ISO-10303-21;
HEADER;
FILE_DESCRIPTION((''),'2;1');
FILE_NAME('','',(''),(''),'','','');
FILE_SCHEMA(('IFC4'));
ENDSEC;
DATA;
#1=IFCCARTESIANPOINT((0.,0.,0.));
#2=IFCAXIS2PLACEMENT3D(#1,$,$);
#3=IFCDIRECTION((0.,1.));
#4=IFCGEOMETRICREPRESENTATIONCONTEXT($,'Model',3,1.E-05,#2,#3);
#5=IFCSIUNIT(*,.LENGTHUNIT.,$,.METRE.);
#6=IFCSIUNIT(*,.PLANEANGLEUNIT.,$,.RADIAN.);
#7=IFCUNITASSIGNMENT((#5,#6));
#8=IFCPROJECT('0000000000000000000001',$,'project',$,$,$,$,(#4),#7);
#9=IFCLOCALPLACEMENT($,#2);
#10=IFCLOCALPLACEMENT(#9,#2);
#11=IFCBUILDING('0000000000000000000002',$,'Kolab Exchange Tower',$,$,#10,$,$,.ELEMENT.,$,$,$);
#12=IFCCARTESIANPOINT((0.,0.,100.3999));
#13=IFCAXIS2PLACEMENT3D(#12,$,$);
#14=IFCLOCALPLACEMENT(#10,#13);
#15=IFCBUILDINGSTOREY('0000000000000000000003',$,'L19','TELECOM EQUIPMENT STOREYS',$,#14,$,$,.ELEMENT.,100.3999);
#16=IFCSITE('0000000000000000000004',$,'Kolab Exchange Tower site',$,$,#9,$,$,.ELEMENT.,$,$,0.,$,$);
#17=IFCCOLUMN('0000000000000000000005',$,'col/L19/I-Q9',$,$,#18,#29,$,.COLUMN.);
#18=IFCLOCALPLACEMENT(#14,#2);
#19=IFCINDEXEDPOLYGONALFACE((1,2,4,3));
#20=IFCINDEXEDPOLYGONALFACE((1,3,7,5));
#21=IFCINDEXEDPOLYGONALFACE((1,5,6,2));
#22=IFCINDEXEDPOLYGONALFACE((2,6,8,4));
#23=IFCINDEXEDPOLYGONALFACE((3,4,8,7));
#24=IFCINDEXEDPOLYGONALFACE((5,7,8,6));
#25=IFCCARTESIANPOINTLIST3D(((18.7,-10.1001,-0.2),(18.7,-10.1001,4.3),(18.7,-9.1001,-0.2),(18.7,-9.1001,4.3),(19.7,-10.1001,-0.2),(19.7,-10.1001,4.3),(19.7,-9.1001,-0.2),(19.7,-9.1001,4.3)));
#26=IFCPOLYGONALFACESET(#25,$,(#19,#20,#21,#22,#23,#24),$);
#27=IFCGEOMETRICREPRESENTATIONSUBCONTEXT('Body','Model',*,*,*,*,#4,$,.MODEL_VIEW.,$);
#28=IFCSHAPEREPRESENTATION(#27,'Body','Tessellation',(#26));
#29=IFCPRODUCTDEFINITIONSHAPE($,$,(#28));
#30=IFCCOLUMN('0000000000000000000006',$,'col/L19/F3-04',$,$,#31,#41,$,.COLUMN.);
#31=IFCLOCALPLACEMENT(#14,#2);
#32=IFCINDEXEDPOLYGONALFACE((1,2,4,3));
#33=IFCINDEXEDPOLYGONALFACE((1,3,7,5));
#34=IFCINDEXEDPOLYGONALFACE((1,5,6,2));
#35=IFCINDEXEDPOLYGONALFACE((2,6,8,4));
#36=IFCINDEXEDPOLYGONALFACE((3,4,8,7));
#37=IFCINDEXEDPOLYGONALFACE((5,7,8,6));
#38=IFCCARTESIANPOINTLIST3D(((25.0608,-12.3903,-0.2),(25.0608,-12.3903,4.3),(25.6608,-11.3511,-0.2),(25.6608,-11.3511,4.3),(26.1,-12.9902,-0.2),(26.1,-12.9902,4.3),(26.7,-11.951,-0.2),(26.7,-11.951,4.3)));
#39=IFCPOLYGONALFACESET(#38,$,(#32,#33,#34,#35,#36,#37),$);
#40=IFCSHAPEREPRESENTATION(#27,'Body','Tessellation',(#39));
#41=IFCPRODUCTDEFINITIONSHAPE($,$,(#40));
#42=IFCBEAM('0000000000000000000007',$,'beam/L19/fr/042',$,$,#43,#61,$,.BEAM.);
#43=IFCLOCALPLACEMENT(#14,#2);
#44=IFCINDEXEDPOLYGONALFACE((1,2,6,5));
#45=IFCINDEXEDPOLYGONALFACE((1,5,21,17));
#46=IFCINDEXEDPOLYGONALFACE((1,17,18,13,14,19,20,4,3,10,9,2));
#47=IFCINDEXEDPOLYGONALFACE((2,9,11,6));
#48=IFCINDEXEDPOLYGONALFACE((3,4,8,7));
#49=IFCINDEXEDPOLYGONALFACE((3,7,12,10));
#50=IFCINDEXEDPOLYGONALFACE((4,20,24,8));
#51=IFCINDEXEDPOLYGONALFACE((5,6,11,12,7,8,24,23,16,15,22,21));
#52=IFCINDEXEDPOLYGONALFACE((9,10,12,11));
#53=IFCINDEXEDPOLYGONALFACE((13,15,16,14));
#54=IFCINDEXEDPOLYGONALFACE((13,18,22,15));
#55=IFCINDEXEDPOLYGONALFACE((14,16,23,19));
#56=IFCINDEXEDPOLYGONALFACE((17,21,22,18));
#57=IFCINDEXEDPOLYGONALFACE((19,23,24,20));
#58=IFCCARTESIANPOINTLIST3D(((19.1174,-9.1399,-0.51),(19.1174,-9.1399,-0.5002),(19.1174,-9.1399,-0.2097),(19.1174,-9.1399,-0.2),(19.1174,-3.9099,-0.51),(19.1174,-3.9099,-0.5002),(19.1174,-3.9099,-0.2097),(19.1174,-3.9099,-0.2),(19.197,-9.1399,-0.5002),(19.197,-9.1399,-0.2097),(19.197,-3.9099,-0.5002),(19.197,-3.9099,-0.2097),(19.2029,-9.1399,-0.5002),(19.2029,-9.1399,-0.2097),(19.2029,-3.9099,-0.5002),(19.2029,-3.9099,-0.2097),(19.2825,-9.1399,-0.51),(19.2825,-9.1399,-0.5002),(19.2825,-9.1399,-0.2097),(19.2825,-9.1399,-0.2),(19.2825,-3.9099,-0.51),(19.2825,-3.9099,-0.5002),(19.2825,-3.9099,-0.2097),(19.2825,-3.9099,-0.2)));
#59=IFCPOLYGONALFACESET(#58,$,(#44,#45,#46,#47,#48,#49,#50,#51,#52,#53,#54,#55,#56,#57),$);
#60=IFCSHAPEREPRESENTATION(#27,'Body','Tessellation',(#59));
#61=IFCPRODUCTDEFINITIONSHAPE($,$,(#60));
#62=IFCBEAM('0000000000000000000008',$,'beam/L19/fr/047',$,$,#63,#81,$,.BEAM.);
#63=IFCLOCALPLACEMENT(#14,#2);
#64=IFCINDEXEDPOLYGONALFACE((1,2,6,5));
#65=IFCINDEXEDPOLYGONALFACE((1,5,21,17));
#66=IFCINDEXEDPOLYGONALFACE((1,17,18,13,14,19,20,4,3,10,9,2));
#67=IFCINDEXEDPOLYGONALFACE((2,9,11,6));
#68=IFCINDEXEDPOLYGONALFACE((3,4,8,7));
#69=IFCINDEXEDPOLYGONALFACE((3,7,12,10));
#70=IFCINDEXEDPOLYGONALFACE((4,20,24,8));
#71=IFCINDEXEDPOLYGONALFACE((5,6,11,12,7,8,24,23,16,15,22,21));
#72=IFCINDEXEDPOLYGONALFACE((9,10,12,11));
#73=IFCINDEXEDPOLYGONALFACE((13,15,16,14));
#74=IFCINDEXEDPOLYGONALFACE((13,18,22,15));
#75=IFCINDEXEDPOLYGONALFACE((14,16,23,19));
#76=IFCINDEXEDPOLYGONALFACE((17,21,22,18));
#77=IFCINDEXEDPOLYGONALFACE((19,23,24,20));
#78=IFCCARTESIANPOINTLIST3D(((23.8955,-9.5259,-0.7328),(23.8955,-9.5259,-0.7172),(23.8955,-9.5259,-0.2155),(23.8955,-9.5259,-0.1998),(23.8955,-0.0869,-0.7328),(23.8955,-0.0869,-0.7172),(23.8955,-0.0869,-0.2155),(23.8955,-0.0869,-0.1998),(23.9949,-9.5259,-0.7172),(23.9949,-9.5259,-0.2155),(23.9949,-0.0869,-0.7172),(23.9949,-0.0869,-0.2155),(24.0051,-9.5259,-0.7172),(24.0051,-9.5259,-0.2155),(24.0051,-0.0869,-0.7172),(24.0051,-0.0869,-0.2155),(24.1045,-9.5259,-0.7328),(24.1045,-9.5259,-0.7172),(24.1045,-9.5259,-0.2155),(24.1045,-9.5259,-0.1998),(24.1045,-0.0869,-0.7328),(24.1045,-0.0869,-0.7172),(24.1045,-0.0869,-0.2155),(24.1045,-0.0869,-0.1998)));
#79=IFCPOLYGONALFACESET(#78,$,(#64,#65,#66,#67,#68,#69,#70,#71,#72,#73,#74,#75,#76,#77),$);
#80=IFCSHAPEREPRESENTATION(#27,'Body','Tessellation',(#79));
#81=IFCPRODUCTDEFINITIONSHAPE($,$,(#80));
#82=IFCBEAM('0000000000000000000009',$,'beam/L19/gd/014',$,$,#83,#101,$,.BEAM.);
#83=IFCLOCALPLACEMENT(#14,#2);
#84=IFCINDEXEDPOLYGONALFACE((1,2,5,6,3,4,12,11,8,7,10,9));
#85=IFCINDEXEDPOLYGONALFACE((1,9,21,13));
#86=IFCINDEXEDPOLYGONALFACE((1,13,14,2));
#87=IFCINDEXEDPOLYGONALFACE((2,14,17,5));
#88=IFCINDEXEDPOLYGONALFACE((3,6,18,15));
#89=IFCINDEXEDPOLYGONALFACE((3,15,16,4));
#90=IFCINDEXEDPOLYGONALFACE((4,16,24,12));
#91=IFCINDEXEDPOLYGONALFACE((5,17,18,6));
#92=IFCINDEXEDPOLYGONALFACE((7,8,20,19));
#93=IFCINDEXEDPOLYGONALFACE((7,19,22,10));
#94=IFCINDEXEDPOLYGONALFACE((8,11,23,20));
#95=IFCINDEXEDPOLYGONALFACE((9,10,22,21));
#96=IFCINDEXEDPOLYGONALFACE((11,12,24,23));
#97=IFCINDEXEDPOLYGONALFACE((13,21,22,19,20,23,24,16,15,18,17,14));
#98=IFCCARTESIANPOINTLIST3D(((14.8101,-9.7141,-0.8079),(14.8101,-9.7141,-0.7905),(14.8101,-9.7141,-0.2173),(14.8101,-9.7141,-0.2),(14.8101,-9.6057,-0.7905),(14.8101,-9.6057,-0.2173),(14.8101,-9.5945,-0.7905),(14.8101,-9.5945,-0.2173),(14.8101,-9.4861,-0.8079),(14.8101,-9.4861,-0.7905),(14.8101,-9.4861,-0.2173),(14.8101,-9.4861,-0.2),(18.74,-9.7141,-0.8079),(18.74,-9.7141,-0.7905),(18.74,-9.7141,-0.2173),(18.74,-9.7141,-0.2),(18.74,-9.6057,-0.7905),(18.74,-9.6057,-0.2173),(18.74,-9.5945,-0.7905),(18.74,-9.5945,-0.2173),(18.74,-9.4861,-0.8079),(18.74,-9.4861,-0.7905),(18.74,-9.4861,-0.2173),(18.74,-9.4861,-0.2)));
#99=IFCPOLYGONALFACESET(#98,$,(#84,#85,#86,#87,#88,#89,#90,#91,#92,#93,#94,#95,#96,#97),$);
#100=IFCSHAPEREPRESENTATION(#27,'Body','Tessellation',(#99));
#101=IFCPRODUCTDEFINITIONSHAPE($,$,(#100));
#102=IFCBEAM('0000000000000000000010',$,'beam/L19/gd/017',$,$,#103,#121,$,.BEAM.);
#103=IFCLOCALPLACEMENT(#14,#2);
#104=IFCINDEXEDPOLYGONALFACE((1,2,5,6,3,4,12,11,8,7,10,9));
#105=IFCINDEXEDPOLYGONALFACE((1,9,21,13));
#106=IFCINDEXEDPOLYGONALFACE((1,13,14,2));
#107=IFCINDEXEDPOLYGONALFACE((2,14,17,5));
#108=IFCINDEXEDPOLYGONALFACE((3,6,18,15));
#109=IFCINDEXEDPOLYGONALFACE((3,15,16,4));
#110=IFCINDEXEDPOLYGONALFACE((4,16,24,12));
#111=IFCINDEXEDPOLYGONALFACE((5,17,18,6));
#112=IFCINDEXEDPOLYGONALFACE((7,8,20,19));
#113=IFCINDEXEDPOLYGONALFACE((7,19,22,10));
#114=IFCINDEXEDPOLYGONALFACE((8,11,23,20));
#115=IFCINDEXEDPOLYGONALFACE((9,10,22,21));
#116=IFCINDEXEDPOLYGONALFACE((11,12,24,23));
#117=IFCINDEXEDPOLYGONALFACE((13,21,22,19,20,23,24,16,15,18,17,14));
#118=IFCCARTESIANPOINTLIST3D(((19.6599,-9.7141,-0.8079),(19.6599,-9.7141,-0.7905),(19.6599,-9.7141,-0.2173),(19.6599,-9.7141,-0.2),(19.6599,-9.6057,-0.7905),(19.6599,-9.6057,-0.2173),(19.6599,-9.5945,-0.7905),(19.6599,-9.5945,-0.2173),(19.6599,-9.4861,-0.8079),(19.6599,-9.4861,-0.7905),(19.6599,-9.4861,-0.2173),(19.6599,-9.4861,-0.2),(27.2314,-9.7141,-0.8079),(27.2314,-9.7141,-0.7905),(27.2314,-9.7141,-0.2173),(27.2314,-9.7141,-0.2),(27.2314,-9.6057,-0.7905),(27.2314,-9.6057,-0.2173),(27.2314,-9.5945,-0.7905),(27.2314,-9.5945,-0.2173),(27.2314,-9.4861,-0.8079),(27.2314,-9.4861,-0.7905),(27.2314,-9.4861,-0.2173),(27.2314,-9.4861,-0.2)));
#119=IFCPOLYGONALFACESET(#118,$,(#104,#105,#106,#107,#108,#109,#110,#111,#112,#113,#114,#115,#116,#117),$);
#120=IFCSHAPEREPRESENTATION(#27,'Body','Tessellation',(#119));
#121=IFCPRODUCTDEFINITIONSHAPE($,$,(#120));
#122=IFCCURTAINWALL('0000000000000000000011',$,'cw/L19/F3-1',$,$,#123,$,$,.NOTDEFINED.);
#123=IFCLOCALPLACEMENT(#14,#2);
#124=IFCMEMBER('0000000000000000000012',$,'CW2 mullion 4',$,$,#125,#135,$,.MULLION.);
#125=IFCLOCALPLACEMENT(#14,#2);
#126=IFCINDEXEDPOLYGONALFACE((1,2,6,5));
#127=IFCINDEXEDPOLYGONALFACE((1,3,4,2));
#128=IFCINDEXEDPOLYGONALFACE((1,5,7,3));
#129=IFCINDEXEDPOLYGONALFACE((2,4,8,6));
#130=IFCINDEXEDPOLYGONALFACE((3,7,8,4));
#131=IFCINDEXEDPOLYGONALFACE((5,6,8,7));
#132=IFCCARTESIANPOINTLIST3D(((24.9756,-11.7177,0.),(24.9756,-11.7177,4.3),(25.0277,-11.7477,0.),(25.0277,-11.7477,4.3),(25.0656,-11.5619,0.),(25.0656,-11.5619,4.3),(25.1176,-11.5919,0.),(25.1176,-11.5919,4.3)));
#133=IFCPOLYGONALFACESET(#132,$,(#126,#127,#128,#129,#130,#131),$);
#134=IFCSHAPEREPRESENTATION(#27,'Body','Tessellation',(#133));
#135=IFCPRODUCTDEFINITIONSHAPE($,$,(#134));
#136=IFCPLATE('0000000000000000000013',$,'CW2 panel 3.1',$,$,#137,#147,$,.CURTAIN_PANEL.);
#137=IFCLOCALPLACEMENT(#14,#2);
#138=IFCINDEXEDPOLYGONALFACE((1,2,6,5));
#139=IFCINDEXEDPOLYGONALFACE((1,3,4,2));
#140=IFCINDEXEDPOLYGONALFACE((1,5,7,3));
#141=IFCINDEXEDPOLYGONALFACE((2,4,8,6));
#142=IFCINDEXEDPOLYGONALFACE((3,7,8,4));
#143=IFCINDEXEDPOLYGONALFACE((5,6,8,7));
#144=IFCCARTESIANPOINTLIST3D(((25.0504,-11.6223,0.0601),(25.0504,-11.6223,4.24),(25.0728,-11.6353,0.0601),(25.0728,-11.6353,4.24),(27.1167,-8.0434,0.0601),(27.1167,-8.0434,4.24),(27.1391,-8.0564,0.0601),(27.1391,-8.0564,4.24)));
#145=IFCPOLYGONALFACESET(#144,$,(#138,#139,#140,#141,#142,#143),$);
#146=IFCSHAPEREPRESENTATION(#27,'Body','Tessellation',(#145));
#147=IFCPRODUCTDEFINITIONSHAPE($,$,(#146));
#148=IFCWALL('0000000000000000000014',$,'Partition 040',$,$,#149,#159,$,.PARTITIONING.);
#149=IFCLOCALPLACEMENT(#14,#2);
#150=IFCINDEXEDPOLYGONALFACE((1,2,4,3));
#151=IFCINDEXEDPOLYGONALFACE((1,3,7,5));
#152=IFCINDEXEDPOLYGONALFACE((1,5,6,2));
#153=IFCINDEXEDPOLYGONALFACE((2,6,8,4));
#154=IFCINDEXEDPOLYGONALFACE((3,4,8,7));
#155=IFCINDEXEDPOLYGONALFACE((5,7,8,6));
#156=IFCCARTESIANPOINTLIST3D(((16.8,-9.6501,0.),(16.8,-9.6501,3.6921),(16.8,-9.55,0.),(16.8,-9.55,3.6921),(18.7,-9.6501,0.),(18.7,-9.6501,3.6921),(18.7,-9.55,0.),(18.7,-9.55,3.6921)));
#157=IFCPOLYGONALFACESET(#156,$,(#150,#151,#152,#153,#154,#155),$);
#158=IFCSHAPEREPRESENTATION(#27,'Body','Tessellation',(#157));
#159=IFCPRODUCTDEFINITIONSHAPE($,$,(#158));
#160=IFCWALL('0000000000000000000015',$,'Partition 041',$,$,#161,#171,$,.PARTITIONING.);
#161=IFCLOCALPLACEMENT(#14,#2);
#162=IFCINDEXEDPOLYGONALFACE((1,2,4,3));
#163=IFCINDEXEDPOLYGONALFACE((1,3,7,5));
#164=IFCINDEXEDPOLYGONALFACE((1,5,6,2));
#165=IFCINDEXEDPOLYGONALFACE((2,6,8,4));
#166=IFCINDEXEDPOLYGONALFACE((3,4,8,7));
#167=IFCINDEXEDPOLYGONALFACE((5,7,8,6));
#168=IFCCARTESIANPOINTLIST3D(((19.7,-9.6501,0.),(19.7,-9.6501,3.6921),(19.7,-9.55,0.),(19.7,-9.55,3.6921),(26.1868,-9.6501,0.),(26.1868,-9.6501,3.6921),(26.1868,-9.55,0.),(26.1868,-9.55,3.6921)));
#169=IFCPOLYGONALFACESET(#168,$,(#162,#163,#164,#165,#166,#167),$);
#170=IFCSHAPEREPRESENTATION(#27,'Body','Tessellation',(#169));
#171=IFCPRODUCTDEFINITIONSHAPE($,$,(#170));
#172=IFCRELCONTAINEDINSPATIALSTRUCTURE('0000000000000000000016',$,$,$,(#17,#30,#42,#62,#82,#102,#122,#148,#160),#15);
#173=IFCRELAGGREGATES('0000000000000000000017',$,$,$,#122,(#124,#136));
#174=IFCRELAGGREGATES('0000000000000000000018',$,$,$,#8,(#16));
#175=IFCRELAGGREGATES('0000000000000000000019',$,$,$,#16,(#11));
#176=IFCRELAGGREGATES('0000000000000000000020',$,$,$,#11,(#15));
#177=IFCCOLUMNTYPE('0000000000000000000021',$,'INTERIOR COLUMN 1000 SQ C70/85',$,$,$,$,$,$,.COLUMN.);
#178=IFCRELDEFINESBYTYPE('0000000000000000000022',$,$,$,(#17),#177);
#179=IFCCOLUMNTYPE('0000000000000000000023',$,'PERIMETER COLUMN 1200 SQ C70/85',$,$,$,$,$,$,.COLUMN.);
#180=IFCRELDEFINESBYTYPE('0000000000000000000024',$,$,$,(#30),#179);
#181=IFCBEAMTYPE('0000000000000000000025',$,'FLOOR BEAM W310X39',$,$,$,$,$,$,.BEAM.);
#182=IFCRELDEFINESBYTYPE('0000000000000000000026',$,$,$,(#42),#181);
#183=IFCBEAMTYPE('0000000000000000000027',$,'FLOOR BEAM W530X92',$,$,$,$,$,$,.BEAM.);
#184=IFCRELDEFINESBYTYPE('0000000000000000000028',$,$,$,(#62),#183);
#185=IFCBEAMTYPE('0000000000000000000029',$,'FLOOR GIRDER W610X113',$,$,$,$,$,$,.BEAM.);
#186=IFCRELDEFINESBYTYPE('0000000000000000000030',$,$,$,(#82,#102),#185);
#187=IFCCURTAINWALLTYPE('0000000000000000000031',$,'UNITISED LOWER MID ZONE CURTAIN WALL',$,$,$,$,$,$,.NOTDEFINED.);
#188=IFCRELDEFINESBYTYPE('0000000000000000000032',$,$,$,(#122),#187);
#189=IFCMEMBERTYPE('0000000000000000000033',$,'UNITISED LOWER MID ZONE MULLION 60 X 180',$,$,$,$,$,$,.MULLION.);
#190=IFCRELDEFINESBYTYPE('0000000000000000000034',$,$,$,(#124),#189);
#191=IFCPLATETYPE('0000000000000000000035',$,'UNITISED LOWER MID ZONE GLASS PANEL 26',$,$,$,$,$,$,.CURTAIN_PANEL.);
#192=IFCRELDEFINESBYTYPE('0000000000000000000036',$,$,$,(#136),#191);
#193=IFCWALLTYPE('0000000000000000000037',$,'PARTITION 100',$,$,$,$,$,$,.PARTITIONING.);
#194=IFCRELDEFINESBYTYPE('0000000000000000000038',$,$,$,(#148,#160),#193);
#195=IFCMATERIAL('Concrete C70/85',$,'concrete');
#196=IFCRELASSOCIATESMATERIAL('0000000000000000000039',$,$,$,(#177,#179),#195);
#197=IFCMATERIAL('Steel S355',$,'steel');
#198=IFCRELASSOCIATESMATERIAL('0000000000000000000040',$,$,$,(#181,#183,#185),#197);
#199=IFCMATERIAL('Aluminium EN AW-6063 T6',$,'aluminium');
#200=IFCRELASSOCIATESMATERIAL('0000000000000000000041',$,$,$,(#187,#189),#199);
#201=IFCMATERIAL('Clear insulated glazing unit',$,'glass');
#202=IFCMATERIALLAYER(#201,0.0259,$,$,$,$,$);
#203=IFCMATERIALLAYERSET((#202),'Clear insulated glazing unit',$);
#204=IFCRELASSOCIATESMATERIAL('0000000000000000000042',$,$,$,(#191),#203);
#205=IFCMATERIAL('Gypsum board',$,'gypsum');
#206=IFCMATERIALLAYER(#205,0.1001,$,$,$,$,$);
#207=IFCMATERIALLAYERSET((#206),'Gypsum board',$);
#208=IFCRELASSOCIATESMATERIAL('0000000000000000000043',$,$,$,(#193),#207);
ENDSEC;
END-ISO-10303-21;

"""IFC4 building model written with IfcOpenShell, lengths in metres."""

from ifc_helpers import new_model, si_unit, direction, frame, frame_2d, origin, origin_2d, place, context, subcontext, project, spatial, rectangle, i_section, extrude, material, layer, layer_set, material_profile, profile_set, type_object, element, aggregate, save


model = new_model("IFC4")

# Units and contexts
model_context = context("Model", 3, precision=1e-05, world=origin(), true_north=direction((0.0, 1.0)))
body_context = subcontext(model_context, "Body", "Model", "MODEL_VIEW")
ifc_project = project(units=[si_unit("LENGTHUNIT", "METRE"), si_unit("PLANEANGLEUNIT", "RADIAN")], contexts=[model_context])

# Site, building, storey
site_placement = place(None, origin())
site = spatial("IfcSite", under=ifc_project, at=site_placement, Name="Kolab Exchange Tower site", CompositionType="ELEMENT", RefElevation=0.0)
building_placement = place(site_placement, origin())
building = spatial("IfcBuilding", under=site, at=building_placement, Name="Kolab Exchange Tower", CompositionType="ELEMENT")
storey_placement = place(building_placement, frame((0.0, 0.0, 100.3999)))
storey = spatial("IfcBuildingStorey", under=building, at=storey_placement, Name="L19", Description="TELECOM EQUIPMENT STOREYS", CompositionType="ELEMENT", Elevation=100.3999)

# Columns
ifc_material_1 = material(Name="Concrete C70/85", Category="concrete")
ifc_material_profile_1 = material_profile(ifc_material_1, rectangle(XDim=1.0, YDim=1.0, at=origin_2d()), Name="RC1000")
ifc_profile_set_1 = profile_set([ifc_material_profile_1], Name="Concrete C70/85")
column_type_1 = type_object("IfcColumnType", Name="INTERIOR COLUMN 1000 SQ C70/85", PredefinedType="COLUMN", material=ifc_profile_set_1)
column_1_placement = place(storey_placement, frame((19.2, -9.6001, -0.2), z_axis=(0.0, 0.0, 1.0), x_axis=(1.0, 0.0, 0.0)))
element("IfcColumn", 1, at=column_1_placement, inside=storey, type_object=column_type_1, Name="col/L19/I-Q9", PredefinedType="COLUMN", context=body_context, shape_type="SweptSolid", body=[
    extrude(rectangle(XDim=1.0, YDim=1.0, at=origin_2d()), origin(), (0.0, 0.0, 1.0), 4.5),
])
ifc_material_profile_2 = material_profile(ifc_material_1, rectangle(XDim=1.2, YDim=1.2, at=origin_2d()), Name="RC1200")
ifc_profile_set_2 = profile_set([ifc_material_profile_2], Name="Concrete C70/85")
column_type_2 = type_object("IfcColumnType", Name="PERIMETER COLUMN 1200 SQ C70/85", PredefinedType="COLUMN", material=ifc_profile_set_2)
column_2_placement = place(storey_placement, frame((25.8804, -12.1707, -0.2), z_axis=(0.0, 0.0, 1.0), x_axis=(0.5, 0.866025, 0.0)))
element("IfcColumn", 2, at=column_2_placement, inside=storey, type_object=column_type_2, Name="col/L19/F3-04", PredefinedType="COLUMN", context=body_context, shape_type="SweptSolid", body=[
    extrude(rectangle(XDim=1.2, YDim=1.2, at=origin_2d()), origin(), (0.0, 0.0, 1.0), 4.5),
])

# Beams
ifc_material_2 = material(Name="Steel S355", Category="steel")
ifc_material_profile_3 = material_profile(ifc_material_2, i_section(OverallWidth=0.165, OverallDepth=0.3101, WebThickness=0.0059, FlangeThickness=0.0098, at=origin_2d()), Name="W310X39")
ifc_profile_set_3 = profile_set([ifc_material_profile_3], Name="Steel S355")
beam_type_1 = type_object("IfcBeamType", Name="FLOOR BEAM W310X39", PredefinedType="BEAM", material=ifc_profile_set_3)
beam_1_placement = place(storey_placement, frame((19.2, -9.1399, -0.355), z_axis=(0.0, 1.0, 0.0), x_axis=(-1.0, 0.0, 0.0)))
element("IfcBeam", 3, at=beam_1_placement, inside=storey, type_object=beam_type_1, Name="beam/L19/fr/042", PredefinedType="BEAM", context=body_context, shape_type="SweptSolid", body=[
    extrude(i_section(OverallWidth=0.165, OverallDepth=0.3101, WebThickness=0.0059, FlangeThickness=0.0098, at=origin_2d()), origin(), (0.0, 0.0, 1.0), 5.23),
])
ifc_material_profile_4 = material_profile(ifc_material_2, i_section(OverallWidth=0.209, OverallDepth=0.533, WebThickness=0.0103, FlangeThickness=0.0156, at=origin_2d()), Name="W530X92")
ifc_profile_set_4 = profile_set([ifc_material_profile_4], Name="Steel S355")
beam_type_2 = type_object("IfcBeamType", Name="FLOOR BEAM W530X92", PredefinedType="BEAM", material=ifc_profile_set_4)
beam_2_placement = place(storey_placement, frame((24.0, -9.5259, -0.4663), z_axis=(0.0, 1.0, 0.0), x_axis=(-1.0, 0.0, 0.0)))
element("IfcBeam", 4, at=beam_2_placement, inside=storey, type_object=beam_type_2, Name="beam/L19/fr/047", PredefinedType="BEAM", context=body_context, shape_type="SweptSolid", body=[
    extrude(i_section(OverallWidth=0.209, OverallDepth=0.533, WebThickness=0.0103, FlangeThickness=0.0156, at=origin_2d()), origin(), (0.0, 0.0, 1.0), 9.439),
])
ifc_material_profile_5 = material_profile(ifc_material_2, i_section(OverallWidth=0.228, OverallDepth=0.6079, WebThickness=0.0112, FlangeThickness=0.0173, at=origin_2d()), Name="W610X113")
ifc_profile_set_5 = profile_set([ifc_material_profile_5], Name="Steel S355")
beam_type_3 = type_object("IfcBeamType", Name="FLOOR GIRDER W610X113", PredefinedType="BEAM", material=ifc_profile_set_5)
beam_3_placement = place(storey_placement, frame((14.8101, -9.6001, -0.5039), z_axis=(1.0, 0.0, 0.0), x_axis=(0.0, 1.0, 0.0)))
element("IfcBeam", 5, at=beam_3_placement, inside=storey, type_object=beam_type_3, Name="beam/L19/gd/014", PredefinedType="BEAM", context=body_context, shape_type="SweptSolid", body=[
    extrude(i_section(OverallWidth=0.228, OverallDepth=0.6079, WebThickness=0.0112, FlangeThickness=0.0173, at=origin_2d()), origin(), (0.0, 0.0, 1.0), 3.9299),
])
beam_4_placement = place(storey_placement, frame((19.6599, -9.6001, -0.5039), z_axis=(1.0, 0.0, 0.0), x_axis=(0.0, 1.0, 0.0)))
element("IfcBeam", 6, at=beam_4_placement, inside=storey, type_object=beam_type_3, Name="beam/L19/gd/017", PredefinedType="BEAM", context=body_context, shape_type="SweptSolid", body=[
    extrude(i_section(OverallWidth=0.228, OverallDepth=0.6079, WebThickness=0.0112, FlangeThickness=0.0173, at=origin_2d()), origin(), (0.0, 0.0, 1.0), 7.5715),
])

# Curtain wall, member, plate
ifc_material_3 = material(Name="Aluminium EN AW-6063 T6", Category="aluminium")
curtain_wall_type = type_object("IfcCurtainWallType", Name="UNITISED LOWER MID ZONE CURTAIN WALL", PredefinedType="NOTDEFINED", material=ifc_material_3)
curtain_wall_placement = place(storey_placement, origin())
curtain_wall = element("IfcCurtainWall", 7, at=curtain_wall_placement, inside=storey, type_object=curtain_wall_type, Name="cw/L19/F3-1", PredefinedType="NOTDEFINED")
ifc_material_profile_6 = material_profile(ifc_material_3, rectangle(XDim=0.0601, YDim=0.1799, at=origin_2d()), Name="RECT 60X180")
ifc_profile_set_6 = profile_set([ifc_material_profile_6], Name="Aluminium EN AW-6063 T6")
member_type = type_object("IfcMemberType", Name="UNITISED LOWER MID ZONE MULLION 60 X 180", PredefinedType="MULLION", material=ifc_profile_set_6)
member_placement = place(storey_placement, frame((25.0466, -11.6548, 0.0), z_axis=(0.0, 0.0, 1.0), x_axis=(0.866025, -0.5, 0.0)))
member = element("IfcMember", 8, at=member_placement, type_object=member_type, Name="CW2 mullion 4", PredefinedType="MULLION", context=body_context, shape_type="SweptSolid", body=[
    extrude(rectangle(XDim=0.0601, YDim=0.1799, at=origin_2d()), origin(), (0.0, 0.0, 1.0), 4.3),
])
ifc_material_4 = material(Name="Clear insulated glazing unit", Category="glass")
ifc_layer_1 = layer(ifc_material_4, 0.0259)
ifc_layer_set_1 = layer_set([ifc_layer_1], Name="Clear insulated glazing unit")
plate_type = type_object("IfcPlateType", Name="UNITISED LOWER MID ZONE GLASS PANEL 26", PredefinedType="CURTAIN_PANEL", material=ifc_layer_set_1)
plate_placement = place(storey_placement, frame((26.0947, -9.8394, 0.0601), z_axis=(0.0, 0.0, 1.0), x_axis=(-0.5, -0.866025, 0.0)))
plate = element("IfcPlate", 9, at=plate_placement, type_object=plate_type, Name="CW2 panel 3.1", PredefinedType="CURTAIN_PANEL", context=body_context, shape_type="SweptSolid", body=[
    extrude(rectangle(XDim=4.1326, YDim=0.0259, at=origin_2d()), origin(), (0.0, 0.0, 1.0), 4.1799),
])
aggregate(curtain_wall, [member, plate])

# Walls
ifc_material_5 = material(Name="Gypsum board", Category="gypsum")
ifc_layer_2 = layer(ifc_material_5, 0.1001)
ifc_layer_set_2 = layer_set([ifc_layer_2], Name="Gypsum board")
wall_type_1 = type_object("IfcWallType", Name="PARTITION 100", PredefinedType="PARTITIONING", material=ifc_layer_set_2)
wall_1_placement = place(storey_placement, frame((16.8, -9.6001, 0.0), z_axis=(0.0, 0.0, 1.0), x_axis=(1.0, 0.0, 0.0)))
element("IfcWall", 10, at=wall_1_placement, inside=storey, type_object=wall_type_1, Name="Partition 040", PredefinedType="PARTITIONING", context=body_context, shape_type="SweptSolid", body=[
    extrude(rectangle(XDim=1.8999, YDim=0.1001, at=frame_2d((0.95, 0.0))), origin(), (0.0, 0.0, 1.0), 3.6921),
])
wall_2_placement = place(storey_placement, frame((19.7, -9.6001, 0.0), z_axis=(0.0, 0.0, 1.0), x_axis=(1.0, 0.0, 0.0)))
element("IfcWall", 11, at=wall_2_placement, inside=storey, type_object=wall_type_1, Name="Partition 041", PredefinedType="PARTITIONING", context=body_context, shape_type="SweptSolid", body=[
    extrude(rectangle(XDim=6.4868, YDim=0.1001, at=frame_2d((3.2434, 0.0))), origin(), (0.0, 0.0, 1.0), 3.6921),
])

save(model, "model.ifc")
